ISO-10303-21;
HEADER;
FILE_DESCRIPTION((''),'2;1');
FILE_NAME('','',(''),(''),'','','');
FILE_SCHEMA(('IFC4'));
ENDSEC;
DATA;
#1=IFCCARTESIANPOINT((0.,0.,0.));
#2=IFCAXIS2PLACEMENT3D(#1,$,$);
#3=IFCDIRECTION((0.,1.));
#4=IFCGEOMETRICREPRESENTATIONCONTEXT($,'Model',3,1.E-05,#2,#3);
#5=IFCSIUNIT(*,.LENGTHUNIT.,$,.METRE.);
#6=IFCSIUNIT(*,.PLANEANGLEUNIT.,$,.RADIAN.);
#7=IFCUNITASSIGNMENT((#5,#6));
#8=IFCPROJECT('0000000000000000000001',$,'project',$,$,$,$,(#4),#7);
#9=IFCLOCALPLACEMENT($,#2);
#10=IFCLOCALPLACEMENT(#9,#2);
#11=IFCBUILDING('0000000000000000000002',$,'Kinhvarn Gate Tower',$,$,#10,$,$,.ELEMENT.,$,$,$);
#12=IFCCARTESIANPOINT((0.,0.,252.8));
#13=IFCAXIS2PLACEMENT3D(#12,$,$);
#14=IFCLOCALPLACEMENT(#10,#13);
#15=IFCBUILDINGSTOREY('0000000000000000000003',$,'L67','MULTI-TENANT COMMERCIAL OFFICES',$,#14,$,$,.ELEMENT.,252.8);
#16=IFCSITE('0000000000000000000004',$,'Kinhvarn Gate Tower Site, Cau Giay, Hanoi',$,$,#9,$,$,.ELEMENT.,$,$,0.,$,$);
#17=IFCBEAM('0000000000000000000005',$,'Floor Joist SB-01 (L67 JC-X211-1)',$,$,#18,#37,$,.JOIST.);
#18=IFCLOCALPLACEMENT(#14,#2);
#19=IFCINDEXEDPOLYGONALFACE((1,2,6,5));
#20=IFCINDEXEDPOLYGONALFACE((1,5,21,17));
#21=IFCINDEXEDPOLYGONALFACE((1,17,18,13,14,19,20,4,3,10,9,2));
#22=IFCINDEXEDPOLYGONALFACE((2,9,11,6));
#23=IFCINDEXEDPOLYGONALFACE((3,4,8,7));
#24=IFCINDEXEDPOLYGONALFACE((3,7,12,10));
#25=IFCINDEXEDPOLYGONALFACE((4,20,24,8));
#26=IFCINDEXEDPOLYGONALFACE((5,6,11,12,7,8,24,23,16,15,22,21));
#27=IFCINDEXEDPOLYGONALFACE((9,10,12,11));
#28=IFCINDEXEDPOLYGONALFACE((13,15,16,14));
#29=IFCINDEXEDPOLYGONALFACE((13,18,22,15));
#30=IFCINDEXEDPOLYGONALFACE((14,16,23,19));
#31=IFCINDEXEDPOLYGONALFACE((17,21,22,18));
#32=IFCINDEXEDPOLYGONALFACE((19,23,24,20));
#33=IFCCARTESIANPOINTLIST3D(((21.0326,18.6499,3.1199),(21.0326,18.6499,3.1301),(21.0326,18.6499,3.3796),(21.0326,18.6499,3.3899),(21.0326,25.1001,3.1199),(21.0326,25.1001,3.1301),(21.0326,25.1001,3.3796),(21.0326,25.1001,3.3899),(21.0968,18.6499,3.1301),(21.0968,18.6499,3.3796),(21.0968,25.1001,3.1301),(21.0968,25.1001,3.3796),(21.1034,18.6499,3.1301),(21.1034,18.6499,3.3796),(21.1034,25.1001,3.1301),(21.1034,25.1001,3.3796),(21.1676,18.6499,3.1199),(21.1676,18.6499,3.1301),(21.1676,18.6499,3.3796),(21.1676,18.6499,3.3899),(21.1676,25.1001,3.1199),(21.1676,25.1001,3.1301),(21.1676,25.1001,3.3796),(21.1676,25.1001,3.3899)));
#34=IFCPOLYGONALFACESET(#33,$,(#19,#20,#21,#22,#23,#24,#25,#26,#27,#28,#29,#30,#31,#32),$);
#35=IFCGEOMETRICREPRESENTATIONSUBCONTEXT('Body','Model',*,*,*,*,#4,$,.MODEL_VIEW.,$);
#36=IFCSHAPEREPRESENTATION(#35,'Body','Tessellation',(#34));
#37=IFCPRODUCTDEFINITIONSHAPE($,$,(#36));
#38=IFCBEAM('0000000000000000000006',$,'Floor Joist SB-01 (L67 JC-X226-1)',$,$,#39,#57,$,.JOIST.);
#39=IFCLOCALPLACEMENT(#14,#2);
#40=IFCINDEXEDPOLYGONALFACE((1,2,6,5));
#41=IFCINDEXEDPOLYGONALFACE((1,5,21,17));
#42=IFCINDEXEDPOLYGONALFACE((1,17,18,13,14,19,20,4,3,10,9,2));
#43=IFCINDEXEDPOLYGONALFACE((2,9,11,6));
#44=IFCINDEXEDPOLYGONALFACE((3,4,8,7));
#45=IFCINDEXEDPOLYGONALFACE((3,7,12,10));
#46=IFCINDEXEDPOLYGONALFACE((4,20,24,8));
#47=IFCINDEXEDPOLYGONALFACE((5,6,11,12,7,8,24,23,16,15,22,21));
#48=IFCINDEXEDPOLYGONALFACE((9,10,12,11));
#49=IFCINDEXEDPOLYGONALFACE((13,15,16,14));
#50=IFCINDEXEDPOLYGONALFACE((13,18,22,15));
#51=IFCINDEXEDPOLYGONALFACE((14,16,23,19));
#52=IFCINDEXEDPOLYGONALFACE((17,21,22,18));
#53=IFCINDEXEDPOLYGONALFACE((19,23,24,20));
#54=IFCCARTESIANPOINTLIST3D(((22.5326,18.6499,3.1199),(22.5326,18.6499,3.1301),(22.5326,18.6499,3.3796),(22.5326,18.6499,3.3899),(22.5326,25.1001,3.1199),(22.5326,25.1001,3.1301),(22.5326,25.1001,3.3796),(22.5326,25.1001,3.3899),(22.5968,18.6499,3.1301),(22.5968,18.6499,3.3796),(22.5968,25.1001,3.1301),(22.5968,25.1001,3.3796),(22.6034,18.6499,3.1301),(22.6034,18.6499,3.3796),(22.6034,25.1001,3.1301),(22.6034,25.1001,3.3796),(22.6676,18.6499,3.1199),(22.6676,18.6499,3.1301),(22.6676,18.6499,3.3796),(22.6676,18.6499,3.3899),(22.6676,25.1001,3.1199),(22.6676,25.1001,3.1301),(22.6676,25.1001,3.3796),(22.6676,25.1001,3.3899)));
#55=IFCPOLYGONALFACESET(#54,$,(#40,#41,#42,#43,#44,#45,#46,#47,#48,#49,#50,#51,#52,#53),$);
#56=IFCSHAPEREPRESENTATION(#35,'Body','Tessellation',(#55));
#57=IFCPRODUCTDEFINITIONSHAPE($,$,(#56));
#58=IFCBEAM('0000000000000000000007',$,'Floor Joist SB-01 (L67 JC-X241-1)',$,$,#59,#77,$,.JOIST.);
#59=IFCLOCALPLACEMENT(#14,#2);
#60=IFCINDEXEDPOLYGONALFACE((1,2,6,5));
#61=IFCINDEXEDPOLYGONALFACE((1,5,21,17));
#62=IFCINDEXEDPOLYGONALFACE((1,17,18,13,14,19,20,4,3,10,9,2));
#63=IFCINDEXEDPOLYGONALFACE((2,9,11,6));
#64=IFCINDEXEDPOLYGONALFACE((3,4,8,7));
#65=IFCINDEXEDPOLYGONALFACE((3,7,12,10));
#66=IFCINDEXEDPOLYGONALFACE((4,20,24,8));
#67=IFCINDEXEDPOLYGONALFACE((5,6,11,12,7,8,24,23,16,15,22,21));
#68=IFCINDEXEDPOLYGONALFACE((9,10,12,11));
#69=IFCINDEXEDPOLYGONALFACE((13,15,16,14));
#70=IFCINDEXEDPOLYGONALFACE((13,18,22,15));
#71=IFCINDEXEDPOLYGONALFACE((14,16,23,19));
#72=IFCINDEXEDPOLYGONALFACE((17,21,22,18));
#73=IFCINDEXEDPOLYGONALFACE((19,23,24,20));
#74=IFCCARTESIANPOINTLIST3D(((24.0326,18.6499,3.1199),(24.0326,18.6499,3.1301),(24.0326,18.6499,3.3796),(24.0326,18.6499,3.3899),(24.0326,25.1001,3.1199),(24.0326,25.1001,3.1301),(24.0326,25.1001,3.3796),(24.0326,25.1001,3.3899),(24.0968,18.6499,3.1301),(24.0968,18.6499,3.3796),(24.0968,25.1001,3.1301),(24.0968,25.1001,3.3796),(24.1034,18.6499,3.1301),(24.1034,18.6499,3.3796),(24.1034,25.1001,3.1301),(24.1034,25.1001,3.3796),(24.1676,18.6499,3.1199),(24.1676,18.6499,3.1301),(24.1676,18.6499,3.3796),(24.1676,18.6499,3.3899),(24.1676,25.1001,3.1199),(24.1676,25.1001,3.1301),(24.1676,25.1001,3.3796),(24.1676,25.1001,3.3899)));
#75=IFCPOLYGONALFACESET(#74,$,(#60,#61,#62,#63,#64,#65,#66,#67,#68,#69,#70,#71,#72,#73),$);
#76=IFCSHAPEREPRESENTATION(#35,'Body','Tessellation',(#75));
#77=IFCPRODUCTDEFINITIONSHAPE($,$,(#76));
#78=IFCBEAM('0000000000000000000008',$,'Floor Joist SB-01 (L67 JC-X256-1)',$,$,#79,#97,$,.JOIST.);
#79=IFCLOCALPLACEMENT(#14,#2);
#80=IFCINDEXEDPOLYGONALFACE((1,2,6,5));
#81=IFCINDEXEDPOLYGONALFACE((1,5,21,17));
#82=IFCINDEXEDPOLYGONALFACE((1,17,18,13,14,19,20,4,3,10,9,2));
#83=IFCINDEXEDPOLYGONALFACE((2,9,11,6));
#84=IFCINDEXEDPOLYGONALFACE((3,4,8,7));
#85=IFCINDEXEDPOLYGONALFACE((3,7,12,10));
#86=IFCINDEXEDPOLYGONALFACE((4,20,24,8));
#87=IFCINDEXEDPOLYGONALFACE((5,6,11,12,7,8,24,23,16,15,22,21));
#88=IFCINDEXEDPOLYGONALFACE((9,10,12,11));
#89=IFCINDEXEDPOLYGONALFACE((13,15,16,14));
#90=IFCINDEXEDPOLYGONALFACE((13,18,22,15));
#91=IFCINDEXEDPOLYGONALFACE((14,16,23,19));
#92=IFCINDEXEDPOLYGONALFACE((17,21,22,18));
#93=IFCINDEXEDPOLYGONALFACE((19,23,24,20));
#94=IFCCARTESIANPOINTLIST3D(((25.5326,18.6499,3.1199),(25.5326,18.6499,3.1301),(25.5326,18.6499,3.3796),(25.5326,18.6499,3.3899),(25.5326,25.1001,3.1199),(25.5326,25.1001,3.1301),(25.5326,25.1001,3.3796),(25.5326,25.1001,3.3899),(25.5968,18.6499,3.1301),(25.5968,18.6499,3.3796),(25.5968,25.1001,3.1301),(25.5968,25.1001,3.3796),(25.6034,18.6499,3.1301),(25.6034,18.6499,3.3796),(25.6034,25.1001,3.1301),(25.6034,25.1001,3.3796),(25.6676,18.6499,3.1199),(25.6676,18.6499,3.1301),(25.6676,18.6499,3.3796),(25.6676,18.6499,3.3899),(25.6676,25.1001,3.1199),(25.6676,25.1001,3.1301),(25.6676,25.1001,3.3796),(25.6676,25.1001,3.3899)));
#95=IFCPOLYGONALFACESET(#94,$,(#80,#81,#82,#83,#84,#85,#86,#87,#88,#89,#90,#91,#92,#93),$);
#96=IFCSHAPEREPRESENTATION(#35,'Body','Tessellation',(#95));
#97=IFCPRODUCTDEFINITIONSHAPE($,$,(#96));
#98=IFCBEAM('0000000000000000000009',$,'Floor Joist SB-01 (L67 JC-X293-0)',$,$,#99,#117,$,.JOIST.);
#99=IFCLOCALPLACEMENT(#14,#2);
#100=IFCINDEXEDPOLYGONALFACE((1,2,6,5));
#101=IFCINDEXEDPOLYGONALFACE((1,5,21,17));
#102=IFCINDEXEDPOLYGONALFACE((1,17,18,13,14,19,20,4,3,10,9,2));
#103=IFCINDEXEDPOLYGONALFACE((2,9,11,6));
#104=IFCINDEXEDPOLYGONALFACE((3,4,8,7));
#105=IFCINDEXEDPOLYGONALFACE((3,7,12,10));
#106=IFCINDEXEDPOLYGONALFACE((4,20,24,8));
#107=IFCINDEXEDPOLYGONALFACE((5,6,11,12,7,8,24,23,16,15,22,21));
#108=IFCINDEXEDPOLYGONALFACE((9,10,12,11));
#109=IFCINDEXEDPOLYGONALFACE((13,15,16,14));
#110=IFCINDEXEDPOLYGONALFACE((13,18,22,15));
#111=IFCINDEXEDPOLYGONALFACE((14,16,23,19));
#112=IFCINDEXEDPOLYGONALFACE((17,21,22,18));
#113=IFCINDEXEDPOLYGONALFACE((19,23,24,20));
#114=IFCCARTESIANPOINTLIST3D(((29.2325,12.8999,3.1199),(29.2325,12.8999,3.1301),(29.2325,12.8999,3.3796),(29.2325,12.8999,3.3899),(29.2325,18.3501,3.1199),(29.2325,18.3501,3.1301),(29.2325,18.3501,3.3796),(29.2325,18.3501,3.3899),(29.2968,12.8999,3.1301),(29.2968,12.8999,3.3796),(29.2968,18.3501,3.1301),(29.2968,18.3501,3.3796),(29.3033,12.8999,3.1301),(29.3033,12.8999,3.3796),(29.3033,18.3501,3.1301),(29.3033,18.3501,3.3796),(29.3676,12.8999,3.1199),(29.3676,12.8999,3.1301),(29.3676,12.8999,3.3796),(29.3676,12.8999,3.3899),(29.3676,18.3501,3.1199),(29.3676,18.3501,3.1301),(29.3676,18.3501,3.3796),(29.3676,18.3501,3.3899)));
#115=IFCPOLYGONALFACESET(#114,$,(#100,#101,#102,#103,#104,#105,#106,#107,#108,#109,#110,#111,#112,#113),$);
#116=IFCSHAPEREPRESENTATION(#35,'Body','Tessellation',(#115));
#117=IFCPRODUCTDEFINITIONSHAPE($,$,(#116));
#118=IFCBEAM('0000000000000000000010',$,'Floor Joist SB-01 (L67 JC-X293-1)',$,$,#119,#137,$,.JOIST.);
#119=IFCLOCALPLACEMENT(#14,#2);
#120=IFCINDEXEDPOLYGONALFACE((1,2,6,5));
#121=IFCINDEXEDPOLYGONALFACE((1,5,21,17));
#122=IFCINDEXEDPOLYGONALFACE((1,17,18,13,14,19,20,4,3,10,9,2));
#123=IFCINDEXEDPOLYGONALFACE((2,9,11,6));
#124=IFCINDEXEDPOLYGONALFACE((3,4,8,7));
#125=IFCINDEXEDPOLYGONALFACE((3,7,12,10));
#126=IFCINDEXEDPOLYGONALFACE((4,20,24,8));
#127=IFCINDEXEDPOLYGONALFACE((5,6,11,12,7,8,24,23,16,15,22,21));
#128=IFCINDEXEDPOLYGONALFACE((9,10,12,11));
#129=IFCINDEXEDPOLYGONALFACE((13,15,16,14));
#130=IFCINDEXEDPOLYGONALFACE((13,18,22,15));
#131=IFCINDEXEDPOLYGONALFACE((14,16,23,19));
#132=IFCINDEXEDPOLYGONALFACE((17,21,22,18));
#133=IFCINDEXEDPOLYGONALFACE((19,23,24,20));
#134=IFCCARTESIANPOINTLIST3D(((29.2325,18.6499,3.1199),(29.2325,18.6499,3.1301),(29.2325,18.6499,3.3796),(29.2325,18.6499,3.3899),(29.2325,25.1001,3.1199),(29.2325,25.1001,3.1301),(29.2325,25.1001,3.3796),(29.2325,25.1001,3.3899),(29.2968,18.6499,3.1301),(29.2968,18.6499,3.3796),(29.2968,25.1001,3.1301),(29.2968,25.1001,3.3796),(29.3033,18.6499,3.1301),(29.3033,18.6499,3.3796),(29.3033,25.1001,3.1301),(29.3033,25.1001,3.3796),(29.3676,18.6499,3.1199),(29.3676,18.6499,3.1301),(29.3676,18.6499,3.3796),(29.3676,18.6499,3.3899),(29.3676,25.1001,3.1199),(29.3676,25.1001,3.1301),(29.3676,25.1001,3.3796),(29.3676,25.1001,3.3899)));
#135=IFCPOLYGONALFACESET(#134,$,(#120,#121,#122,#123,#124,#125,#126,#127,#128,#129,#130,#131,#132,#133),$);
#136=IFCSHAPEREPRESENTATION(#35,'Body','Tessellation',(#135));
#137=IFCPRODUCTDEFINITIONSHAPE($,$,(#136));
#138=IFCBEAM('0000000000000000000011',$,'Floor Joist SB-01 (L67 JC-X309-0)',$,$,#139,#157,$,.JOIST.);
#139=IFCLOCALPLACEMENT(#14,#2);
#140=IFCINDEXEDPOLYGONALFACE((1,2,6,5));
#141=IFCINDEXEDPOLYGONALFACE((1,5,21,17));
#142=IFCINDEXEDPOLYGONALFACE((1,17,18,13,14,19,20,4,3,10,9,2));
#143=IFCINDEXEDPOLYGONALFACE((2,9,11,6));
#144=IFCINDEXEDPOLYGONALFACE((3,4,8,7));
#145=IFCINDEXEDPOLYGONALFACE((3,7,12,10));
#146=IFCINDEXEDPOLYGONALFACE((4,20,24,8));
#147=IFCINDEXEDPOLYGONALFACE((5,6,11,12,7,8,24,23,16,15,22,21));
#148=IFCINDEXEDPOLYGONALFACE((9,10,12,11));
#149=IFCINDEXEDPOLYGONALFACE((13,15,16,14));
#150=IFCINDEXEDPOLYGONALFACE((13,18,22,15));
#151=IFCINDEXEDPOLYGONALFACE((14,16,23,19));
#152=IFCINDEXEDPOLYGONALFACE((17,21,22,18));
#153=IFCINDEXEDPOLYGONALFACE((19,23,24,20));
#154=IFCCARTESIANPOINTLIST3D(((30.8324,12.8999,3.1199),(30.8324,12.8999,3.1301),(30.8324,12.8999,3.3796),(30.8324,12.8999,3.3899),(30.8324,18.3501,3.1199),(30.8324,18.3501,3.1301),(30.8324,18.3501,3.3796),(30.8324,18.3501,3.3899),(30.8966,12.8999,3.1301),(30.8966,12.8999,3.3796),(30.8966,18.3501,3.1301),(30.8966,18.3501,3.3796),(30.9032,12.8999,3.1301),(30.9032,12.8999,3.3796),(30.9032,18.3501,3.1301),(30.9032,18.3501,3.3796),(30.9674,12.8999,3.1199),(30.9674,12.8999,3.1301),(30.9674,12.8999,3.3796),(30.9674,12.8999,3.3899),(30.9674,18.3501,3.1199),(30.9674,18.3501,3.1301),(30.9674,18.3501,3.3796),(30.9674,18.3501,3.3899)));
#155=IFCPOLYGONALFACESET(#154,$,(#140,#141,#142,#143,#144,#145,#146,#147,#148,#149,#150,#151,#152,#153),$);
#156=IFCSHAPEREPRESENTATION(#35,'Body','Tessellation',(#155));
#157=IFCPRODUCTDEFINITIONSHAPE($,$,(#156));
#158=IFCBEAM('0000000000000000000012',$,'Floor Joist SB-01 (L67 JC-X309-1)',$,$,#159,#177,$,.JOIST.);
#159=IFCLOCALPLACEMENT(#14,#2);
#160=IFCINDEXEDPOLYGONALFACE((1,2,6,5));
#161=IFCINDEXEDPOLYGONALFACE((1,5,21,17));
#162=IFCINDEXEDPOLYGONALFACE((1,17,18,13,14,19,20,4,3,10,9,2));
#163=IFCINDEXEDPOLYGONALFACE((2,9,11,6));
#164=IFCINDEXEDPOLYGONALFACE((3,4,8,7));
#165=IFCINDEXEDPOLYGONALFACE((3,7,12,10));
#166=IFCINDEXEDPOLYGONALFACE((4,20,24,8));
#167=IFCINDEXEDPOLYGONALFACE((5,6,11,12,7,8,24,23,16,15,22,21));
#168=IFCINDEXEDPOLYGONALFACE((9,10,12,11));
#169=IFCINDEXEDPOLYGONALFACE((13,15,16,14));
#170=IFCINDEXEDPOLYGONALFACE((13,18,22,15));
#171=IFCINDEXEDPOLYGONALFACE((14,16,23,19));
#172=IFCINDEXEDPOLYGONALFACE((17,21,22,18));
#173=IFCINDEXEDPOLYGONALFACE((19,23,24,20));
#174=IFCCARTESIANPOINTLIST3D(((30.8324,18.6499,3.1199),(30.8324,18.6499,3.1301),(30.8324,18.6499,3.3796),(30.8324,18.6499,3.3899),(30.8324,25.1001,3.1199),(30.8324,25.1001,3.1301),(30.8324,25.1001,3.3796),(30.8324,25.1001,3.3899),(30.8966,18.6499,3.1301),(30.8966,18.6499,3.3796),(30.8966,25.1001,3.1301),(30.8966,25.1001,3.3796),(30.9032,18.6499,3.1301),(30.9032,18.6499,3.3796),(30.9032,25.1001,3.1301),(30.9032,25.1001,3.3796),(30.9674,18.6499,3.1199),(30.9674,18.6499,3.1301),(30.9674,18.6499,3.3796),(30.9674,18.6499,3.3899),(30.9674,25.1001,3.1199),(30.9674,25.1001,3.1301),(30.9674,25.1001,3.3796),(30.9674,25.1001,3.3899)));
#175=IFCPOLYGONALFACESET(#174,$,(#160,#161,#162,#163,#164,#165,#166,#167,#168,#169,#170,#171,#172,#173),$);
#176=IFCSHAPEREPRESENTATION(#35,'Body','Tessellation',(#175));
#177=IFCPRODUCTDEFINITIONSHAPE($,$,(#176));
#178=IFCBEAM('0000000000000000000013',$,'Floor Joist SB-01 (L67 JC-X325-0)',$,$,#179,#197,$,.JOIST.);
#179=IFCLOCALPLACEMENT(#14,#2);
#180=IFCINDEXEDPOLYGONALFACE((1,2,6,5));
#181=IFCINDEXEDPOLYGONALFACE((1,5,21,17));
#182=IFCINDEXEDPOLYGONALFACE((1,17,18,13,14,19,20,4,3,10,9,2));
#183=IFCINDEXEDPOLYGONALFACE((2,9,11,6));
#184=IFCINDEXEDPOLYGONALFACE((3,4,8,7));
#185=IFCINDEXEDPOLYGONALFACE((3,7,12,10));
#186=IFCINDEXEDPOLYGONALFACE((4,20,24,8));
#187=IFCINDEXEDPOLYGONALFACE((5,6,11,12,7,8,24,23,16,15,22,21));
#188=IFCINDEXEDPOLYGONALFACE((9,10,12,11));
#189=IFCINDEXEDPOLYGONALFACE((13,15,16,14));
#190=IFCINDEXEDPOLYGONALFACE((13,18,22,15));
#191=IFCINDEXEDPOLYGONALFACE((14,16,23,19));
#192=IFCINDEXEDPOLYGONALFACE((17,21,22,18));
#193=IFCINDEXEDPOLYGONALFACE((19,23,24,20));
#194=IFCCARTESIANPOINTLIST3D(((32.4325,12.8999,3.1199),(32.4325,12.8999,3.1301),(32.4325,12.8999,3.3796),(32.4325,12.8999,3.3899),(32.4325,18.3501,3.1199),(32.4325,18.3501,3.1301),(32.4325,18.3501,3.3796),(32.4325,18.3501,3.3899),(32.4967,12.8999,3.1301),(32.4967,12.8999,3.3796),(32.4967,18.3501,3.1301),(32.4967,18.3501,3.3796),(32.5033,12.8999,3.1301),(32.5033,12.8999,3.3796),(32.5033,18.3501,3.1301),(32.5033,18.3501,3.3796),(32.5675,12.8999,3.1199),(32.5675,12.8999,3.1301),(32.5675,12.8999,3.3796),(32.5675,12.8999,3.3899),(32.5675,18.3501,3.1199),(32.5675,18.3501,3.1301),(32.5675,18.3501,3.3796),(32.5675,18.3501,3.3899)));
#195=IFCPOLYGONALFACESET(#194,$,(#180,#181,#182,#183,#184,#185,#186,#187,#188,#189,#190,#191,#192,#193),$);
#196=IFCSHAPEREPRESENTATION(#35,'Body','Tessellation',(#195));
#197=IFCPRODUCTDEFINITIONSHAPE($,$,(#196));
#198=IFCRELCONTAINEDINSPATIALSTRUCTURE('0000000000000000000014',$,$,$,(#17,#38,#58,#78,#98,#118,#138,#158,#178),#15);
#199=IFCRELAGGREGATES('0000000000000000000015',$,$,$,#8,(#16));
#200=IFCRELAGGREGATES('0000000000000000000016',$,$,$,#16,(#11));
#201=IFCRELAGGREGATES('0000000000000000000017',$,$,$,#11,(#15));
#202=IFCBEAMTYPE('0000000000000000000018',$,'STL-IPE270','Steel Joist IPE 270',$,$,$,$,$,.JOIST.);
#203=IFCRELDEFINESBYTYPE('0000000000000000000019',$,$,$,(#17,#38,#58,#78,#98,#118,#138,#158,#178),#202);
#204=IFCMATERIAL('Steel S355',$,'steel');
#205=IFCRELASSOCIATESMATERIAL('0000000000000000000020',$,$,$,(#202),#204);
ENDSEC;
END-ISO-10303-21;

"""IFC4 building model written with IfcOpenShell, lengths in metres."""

from ifc_helpers import new_model, si_unit, direction, frame, origin, origin_2d, place, context, subcontext, project, spatial, i_section, extrude, material, material_profile, profile_set, type_object, element, save


model = new_model("IFC4")

# Units and contexts
model_context = context("Model", 3, precision=1e-05, world=origin(), true_north=direction((0.0, 1.0)))
body_context = subcontext(model_context, "Body", "Model", "MODEL_VIEW")
ifc_project = project(units=[si_unit("LENGTHUNIT", "METRE"), si_unit("PLANEANGLEUNIT", "RADIAN")], contexts=[model_context])

# Site, building, storey
site_placement = place(None, origin())
site = spatial("IfcSite", under=ifc_project, at=site_placement, Name="Kinhvarn Gate Tower Site, Cau Giay, Hanoi", CompositionType="ELEMENT", RefElevation=0.0)
building_placement = place(site_placement, origin())
building = spatial("IfcBuilding", under=site, at=building_placement, Name="Kinhvarn Gate Tower", CompositionType="ELEMENT")
storey_placement = place(building_placement, frame((0.0, 0.0, 252.8)))
storey = spatial("IfcBuildingStorey", under=building, at=storey_placement, Name="L67", Description="MULTI-TENANT COMMERCIAL OFFICES", CompositionType="ELEMENT", Elevation=252.8)

# Beams
ifc_material_1 = material(Name="Steel S355", Category="steel")
ifc_material_profile = material_profile(ifc_material_1, i_section(OverallWidth=0.135, OverallDepth=0.27, WebThickness=0.0066, FlangeThickness=0.0103, at=origin_2d()), Name="IPE 270")
ifc_profile_set = profile_set([ifc_material_profile], Name="Steel S355")
beam_type = type_object("IfcBeamType", Name="STL-IPE270", Description="Steel Joist IPE 270", PredefinedType="JOIST", material=ifc_profile_set)
for number, where, z_axis, x_axis, name in (
    (1, (21.1001, 18.6499, 3.2549), (0.0, 1.0, 0.0), (-1.0, 0.0, 0.0), "Floor Joist SB-01 (L67 JC-X211-1)"),
    (2, (22.6001, 18.6499, 3.2549), (0.0, 1.0, 0.0), (-1.0, 0.0, 0.0), "Floor Joist SB-01 (L67 JC-X226-1)"),
    (3, (24.1001, 18.6499, 3.2549), (0.0, 1.0, 0.0), (-1.0, 0.0, 0.0), "Floor Joist SB-01 (L67 JC-X241-1)"),
    (4, (25.6001, 18.6499, 3.2549), (0.0, 1.0, 0.0), (-1.0, 0.0, 0.0), "Floor Joist SB-01 (L67 JC-X256-1)"),
):
    element("IfcBeam", number, at=place(storey_placement, frame(where, z_axis=z_axis, x_axis=x_axis)), inside=storey, type_object=beam_type, Name=name, PredefinedType="JOIST", context=body_context, shape_type="SweptSolid", body=[
        extrude(i_section(OverallWidth=0.135, OverallDepth=0.27, WebThickness=0.0066, FlangeThickness=0.0103, at=origin_2d()), origin(), (0.0, 0.0, 1.0), 6.4502),
    ])
beam_1_placement = place(storey_placement, frame((29.3, 12.8999, 3.2549), z_axis=(0.0, 1.0, 0.0), x_axis=(-1.0, 0.0, 0.0)))
element("IfcBeam", 5, at=beam_1_placement, inside=storey, type_object=beam_type, Name="Floor Joist SB-01 (L67 JC-X293-0)", PredefinedType="JOIST", context=body_context, shape_type="SweptSolid", body=[
    extrude(i_section(OverallWidth=0.135, OverallDepth=0.27, WebThickness=0.0066, FlangeThickness=0.0103, at=origin_2d()), origin(), (0.0, 0.0, 1.0), 5.4502),
])
beam_2_placement = place(storey_placement, frame((29.3, 18.6499, 3.2549), z_axis=(0.0, 1.0, 0.0), x_axis=(-1.0, 0.0, 0.0)))
element("IfcBeam", 6, at=beam_2_placement, inside=storey, type_object=beam_type, Name="Floor Joist SB-01 (L67 JC-X293-1)", PredefinedType="JOIST", context=body_context, shape_type="SweptSolid", body=[
    extrude(i_section(OverallWidth=0.135, OverallDepth=0.27, WebThickness=0.0066, FlangeThickness=0.0103, at=origin_2d()), origin(), (0.0, 0.0, 1.0), 6.4502),
])
beam_3_placement = place(storey_placement, frame((30.8999, 12.8999, 3.2549), z_axis=(0.0, 1.0, 0.0), x_axis=(-1.0, 0.0, 0.0)))
element("IfcBeam", 7, at=beam_3_placement, inside=storey, type_object=beam_type, Name="Floor Joist SB-01 (L67 JC-X309-0)", PredefinedType="JOIST", context=body_context, shape_type="SweptSolid", body=[
    extrude(i_section(OverallWidth=0.135, OverallDepth=0.27, WebThickness=0.0066, FlangeThickness=0.0103, at=origin_2d()), origin(), (0.0, 0.0, 1.0), 5.4502),
])
beam_4_placement = place(storey_placement, frame((30.8999, 18.6499, 3.2549), z_axis=(0.0, 1.0, 0.0), x_axis=(-1.0, 0.0, 0.0)))
element("IfcBeam", 8, at=beam_4_placement, inside=storey, type_object=beam_type, Name="Floor Joist SB-01 (L67 JC-X309-1)", PredefinedType="JOIST", context=body_context, shape_type="SweptSolid", body=[
    extrude(i_section(OverallWidth=0.135, OverallDepth=0.27, WebThickness=0.0066, FlangeThickness=0.0103, at=origin_2d()), origin(), (0.0, 0.0, 1.0), 6.4502),
])
beam_5_placement = place(storey_placement, frame((32.5, 12.8999, 3.2549), z_axis=(0.0, 1.0, 0.0), x_axis=(-1.0, 0.0, 0.0)))
element("IfcBeam", 9, at=beam_5_placement, inside=storey, type_object=beam_type, Name="Floor Joist SB-01 (L67 JC-X325-0)", PredefinedType="JOIST", context=body_context, shape_type="SweptSolid", body=[
    extrude(i_section(OverallWidth=0.135, OverallDepth=0.27, WebThickness=0.0066, FlangeThickness=0.0103, at=origin_2d()), origin(), (0.0, 0.0, 1.0), 5.4502),
])

save(model, "model.ifc")
